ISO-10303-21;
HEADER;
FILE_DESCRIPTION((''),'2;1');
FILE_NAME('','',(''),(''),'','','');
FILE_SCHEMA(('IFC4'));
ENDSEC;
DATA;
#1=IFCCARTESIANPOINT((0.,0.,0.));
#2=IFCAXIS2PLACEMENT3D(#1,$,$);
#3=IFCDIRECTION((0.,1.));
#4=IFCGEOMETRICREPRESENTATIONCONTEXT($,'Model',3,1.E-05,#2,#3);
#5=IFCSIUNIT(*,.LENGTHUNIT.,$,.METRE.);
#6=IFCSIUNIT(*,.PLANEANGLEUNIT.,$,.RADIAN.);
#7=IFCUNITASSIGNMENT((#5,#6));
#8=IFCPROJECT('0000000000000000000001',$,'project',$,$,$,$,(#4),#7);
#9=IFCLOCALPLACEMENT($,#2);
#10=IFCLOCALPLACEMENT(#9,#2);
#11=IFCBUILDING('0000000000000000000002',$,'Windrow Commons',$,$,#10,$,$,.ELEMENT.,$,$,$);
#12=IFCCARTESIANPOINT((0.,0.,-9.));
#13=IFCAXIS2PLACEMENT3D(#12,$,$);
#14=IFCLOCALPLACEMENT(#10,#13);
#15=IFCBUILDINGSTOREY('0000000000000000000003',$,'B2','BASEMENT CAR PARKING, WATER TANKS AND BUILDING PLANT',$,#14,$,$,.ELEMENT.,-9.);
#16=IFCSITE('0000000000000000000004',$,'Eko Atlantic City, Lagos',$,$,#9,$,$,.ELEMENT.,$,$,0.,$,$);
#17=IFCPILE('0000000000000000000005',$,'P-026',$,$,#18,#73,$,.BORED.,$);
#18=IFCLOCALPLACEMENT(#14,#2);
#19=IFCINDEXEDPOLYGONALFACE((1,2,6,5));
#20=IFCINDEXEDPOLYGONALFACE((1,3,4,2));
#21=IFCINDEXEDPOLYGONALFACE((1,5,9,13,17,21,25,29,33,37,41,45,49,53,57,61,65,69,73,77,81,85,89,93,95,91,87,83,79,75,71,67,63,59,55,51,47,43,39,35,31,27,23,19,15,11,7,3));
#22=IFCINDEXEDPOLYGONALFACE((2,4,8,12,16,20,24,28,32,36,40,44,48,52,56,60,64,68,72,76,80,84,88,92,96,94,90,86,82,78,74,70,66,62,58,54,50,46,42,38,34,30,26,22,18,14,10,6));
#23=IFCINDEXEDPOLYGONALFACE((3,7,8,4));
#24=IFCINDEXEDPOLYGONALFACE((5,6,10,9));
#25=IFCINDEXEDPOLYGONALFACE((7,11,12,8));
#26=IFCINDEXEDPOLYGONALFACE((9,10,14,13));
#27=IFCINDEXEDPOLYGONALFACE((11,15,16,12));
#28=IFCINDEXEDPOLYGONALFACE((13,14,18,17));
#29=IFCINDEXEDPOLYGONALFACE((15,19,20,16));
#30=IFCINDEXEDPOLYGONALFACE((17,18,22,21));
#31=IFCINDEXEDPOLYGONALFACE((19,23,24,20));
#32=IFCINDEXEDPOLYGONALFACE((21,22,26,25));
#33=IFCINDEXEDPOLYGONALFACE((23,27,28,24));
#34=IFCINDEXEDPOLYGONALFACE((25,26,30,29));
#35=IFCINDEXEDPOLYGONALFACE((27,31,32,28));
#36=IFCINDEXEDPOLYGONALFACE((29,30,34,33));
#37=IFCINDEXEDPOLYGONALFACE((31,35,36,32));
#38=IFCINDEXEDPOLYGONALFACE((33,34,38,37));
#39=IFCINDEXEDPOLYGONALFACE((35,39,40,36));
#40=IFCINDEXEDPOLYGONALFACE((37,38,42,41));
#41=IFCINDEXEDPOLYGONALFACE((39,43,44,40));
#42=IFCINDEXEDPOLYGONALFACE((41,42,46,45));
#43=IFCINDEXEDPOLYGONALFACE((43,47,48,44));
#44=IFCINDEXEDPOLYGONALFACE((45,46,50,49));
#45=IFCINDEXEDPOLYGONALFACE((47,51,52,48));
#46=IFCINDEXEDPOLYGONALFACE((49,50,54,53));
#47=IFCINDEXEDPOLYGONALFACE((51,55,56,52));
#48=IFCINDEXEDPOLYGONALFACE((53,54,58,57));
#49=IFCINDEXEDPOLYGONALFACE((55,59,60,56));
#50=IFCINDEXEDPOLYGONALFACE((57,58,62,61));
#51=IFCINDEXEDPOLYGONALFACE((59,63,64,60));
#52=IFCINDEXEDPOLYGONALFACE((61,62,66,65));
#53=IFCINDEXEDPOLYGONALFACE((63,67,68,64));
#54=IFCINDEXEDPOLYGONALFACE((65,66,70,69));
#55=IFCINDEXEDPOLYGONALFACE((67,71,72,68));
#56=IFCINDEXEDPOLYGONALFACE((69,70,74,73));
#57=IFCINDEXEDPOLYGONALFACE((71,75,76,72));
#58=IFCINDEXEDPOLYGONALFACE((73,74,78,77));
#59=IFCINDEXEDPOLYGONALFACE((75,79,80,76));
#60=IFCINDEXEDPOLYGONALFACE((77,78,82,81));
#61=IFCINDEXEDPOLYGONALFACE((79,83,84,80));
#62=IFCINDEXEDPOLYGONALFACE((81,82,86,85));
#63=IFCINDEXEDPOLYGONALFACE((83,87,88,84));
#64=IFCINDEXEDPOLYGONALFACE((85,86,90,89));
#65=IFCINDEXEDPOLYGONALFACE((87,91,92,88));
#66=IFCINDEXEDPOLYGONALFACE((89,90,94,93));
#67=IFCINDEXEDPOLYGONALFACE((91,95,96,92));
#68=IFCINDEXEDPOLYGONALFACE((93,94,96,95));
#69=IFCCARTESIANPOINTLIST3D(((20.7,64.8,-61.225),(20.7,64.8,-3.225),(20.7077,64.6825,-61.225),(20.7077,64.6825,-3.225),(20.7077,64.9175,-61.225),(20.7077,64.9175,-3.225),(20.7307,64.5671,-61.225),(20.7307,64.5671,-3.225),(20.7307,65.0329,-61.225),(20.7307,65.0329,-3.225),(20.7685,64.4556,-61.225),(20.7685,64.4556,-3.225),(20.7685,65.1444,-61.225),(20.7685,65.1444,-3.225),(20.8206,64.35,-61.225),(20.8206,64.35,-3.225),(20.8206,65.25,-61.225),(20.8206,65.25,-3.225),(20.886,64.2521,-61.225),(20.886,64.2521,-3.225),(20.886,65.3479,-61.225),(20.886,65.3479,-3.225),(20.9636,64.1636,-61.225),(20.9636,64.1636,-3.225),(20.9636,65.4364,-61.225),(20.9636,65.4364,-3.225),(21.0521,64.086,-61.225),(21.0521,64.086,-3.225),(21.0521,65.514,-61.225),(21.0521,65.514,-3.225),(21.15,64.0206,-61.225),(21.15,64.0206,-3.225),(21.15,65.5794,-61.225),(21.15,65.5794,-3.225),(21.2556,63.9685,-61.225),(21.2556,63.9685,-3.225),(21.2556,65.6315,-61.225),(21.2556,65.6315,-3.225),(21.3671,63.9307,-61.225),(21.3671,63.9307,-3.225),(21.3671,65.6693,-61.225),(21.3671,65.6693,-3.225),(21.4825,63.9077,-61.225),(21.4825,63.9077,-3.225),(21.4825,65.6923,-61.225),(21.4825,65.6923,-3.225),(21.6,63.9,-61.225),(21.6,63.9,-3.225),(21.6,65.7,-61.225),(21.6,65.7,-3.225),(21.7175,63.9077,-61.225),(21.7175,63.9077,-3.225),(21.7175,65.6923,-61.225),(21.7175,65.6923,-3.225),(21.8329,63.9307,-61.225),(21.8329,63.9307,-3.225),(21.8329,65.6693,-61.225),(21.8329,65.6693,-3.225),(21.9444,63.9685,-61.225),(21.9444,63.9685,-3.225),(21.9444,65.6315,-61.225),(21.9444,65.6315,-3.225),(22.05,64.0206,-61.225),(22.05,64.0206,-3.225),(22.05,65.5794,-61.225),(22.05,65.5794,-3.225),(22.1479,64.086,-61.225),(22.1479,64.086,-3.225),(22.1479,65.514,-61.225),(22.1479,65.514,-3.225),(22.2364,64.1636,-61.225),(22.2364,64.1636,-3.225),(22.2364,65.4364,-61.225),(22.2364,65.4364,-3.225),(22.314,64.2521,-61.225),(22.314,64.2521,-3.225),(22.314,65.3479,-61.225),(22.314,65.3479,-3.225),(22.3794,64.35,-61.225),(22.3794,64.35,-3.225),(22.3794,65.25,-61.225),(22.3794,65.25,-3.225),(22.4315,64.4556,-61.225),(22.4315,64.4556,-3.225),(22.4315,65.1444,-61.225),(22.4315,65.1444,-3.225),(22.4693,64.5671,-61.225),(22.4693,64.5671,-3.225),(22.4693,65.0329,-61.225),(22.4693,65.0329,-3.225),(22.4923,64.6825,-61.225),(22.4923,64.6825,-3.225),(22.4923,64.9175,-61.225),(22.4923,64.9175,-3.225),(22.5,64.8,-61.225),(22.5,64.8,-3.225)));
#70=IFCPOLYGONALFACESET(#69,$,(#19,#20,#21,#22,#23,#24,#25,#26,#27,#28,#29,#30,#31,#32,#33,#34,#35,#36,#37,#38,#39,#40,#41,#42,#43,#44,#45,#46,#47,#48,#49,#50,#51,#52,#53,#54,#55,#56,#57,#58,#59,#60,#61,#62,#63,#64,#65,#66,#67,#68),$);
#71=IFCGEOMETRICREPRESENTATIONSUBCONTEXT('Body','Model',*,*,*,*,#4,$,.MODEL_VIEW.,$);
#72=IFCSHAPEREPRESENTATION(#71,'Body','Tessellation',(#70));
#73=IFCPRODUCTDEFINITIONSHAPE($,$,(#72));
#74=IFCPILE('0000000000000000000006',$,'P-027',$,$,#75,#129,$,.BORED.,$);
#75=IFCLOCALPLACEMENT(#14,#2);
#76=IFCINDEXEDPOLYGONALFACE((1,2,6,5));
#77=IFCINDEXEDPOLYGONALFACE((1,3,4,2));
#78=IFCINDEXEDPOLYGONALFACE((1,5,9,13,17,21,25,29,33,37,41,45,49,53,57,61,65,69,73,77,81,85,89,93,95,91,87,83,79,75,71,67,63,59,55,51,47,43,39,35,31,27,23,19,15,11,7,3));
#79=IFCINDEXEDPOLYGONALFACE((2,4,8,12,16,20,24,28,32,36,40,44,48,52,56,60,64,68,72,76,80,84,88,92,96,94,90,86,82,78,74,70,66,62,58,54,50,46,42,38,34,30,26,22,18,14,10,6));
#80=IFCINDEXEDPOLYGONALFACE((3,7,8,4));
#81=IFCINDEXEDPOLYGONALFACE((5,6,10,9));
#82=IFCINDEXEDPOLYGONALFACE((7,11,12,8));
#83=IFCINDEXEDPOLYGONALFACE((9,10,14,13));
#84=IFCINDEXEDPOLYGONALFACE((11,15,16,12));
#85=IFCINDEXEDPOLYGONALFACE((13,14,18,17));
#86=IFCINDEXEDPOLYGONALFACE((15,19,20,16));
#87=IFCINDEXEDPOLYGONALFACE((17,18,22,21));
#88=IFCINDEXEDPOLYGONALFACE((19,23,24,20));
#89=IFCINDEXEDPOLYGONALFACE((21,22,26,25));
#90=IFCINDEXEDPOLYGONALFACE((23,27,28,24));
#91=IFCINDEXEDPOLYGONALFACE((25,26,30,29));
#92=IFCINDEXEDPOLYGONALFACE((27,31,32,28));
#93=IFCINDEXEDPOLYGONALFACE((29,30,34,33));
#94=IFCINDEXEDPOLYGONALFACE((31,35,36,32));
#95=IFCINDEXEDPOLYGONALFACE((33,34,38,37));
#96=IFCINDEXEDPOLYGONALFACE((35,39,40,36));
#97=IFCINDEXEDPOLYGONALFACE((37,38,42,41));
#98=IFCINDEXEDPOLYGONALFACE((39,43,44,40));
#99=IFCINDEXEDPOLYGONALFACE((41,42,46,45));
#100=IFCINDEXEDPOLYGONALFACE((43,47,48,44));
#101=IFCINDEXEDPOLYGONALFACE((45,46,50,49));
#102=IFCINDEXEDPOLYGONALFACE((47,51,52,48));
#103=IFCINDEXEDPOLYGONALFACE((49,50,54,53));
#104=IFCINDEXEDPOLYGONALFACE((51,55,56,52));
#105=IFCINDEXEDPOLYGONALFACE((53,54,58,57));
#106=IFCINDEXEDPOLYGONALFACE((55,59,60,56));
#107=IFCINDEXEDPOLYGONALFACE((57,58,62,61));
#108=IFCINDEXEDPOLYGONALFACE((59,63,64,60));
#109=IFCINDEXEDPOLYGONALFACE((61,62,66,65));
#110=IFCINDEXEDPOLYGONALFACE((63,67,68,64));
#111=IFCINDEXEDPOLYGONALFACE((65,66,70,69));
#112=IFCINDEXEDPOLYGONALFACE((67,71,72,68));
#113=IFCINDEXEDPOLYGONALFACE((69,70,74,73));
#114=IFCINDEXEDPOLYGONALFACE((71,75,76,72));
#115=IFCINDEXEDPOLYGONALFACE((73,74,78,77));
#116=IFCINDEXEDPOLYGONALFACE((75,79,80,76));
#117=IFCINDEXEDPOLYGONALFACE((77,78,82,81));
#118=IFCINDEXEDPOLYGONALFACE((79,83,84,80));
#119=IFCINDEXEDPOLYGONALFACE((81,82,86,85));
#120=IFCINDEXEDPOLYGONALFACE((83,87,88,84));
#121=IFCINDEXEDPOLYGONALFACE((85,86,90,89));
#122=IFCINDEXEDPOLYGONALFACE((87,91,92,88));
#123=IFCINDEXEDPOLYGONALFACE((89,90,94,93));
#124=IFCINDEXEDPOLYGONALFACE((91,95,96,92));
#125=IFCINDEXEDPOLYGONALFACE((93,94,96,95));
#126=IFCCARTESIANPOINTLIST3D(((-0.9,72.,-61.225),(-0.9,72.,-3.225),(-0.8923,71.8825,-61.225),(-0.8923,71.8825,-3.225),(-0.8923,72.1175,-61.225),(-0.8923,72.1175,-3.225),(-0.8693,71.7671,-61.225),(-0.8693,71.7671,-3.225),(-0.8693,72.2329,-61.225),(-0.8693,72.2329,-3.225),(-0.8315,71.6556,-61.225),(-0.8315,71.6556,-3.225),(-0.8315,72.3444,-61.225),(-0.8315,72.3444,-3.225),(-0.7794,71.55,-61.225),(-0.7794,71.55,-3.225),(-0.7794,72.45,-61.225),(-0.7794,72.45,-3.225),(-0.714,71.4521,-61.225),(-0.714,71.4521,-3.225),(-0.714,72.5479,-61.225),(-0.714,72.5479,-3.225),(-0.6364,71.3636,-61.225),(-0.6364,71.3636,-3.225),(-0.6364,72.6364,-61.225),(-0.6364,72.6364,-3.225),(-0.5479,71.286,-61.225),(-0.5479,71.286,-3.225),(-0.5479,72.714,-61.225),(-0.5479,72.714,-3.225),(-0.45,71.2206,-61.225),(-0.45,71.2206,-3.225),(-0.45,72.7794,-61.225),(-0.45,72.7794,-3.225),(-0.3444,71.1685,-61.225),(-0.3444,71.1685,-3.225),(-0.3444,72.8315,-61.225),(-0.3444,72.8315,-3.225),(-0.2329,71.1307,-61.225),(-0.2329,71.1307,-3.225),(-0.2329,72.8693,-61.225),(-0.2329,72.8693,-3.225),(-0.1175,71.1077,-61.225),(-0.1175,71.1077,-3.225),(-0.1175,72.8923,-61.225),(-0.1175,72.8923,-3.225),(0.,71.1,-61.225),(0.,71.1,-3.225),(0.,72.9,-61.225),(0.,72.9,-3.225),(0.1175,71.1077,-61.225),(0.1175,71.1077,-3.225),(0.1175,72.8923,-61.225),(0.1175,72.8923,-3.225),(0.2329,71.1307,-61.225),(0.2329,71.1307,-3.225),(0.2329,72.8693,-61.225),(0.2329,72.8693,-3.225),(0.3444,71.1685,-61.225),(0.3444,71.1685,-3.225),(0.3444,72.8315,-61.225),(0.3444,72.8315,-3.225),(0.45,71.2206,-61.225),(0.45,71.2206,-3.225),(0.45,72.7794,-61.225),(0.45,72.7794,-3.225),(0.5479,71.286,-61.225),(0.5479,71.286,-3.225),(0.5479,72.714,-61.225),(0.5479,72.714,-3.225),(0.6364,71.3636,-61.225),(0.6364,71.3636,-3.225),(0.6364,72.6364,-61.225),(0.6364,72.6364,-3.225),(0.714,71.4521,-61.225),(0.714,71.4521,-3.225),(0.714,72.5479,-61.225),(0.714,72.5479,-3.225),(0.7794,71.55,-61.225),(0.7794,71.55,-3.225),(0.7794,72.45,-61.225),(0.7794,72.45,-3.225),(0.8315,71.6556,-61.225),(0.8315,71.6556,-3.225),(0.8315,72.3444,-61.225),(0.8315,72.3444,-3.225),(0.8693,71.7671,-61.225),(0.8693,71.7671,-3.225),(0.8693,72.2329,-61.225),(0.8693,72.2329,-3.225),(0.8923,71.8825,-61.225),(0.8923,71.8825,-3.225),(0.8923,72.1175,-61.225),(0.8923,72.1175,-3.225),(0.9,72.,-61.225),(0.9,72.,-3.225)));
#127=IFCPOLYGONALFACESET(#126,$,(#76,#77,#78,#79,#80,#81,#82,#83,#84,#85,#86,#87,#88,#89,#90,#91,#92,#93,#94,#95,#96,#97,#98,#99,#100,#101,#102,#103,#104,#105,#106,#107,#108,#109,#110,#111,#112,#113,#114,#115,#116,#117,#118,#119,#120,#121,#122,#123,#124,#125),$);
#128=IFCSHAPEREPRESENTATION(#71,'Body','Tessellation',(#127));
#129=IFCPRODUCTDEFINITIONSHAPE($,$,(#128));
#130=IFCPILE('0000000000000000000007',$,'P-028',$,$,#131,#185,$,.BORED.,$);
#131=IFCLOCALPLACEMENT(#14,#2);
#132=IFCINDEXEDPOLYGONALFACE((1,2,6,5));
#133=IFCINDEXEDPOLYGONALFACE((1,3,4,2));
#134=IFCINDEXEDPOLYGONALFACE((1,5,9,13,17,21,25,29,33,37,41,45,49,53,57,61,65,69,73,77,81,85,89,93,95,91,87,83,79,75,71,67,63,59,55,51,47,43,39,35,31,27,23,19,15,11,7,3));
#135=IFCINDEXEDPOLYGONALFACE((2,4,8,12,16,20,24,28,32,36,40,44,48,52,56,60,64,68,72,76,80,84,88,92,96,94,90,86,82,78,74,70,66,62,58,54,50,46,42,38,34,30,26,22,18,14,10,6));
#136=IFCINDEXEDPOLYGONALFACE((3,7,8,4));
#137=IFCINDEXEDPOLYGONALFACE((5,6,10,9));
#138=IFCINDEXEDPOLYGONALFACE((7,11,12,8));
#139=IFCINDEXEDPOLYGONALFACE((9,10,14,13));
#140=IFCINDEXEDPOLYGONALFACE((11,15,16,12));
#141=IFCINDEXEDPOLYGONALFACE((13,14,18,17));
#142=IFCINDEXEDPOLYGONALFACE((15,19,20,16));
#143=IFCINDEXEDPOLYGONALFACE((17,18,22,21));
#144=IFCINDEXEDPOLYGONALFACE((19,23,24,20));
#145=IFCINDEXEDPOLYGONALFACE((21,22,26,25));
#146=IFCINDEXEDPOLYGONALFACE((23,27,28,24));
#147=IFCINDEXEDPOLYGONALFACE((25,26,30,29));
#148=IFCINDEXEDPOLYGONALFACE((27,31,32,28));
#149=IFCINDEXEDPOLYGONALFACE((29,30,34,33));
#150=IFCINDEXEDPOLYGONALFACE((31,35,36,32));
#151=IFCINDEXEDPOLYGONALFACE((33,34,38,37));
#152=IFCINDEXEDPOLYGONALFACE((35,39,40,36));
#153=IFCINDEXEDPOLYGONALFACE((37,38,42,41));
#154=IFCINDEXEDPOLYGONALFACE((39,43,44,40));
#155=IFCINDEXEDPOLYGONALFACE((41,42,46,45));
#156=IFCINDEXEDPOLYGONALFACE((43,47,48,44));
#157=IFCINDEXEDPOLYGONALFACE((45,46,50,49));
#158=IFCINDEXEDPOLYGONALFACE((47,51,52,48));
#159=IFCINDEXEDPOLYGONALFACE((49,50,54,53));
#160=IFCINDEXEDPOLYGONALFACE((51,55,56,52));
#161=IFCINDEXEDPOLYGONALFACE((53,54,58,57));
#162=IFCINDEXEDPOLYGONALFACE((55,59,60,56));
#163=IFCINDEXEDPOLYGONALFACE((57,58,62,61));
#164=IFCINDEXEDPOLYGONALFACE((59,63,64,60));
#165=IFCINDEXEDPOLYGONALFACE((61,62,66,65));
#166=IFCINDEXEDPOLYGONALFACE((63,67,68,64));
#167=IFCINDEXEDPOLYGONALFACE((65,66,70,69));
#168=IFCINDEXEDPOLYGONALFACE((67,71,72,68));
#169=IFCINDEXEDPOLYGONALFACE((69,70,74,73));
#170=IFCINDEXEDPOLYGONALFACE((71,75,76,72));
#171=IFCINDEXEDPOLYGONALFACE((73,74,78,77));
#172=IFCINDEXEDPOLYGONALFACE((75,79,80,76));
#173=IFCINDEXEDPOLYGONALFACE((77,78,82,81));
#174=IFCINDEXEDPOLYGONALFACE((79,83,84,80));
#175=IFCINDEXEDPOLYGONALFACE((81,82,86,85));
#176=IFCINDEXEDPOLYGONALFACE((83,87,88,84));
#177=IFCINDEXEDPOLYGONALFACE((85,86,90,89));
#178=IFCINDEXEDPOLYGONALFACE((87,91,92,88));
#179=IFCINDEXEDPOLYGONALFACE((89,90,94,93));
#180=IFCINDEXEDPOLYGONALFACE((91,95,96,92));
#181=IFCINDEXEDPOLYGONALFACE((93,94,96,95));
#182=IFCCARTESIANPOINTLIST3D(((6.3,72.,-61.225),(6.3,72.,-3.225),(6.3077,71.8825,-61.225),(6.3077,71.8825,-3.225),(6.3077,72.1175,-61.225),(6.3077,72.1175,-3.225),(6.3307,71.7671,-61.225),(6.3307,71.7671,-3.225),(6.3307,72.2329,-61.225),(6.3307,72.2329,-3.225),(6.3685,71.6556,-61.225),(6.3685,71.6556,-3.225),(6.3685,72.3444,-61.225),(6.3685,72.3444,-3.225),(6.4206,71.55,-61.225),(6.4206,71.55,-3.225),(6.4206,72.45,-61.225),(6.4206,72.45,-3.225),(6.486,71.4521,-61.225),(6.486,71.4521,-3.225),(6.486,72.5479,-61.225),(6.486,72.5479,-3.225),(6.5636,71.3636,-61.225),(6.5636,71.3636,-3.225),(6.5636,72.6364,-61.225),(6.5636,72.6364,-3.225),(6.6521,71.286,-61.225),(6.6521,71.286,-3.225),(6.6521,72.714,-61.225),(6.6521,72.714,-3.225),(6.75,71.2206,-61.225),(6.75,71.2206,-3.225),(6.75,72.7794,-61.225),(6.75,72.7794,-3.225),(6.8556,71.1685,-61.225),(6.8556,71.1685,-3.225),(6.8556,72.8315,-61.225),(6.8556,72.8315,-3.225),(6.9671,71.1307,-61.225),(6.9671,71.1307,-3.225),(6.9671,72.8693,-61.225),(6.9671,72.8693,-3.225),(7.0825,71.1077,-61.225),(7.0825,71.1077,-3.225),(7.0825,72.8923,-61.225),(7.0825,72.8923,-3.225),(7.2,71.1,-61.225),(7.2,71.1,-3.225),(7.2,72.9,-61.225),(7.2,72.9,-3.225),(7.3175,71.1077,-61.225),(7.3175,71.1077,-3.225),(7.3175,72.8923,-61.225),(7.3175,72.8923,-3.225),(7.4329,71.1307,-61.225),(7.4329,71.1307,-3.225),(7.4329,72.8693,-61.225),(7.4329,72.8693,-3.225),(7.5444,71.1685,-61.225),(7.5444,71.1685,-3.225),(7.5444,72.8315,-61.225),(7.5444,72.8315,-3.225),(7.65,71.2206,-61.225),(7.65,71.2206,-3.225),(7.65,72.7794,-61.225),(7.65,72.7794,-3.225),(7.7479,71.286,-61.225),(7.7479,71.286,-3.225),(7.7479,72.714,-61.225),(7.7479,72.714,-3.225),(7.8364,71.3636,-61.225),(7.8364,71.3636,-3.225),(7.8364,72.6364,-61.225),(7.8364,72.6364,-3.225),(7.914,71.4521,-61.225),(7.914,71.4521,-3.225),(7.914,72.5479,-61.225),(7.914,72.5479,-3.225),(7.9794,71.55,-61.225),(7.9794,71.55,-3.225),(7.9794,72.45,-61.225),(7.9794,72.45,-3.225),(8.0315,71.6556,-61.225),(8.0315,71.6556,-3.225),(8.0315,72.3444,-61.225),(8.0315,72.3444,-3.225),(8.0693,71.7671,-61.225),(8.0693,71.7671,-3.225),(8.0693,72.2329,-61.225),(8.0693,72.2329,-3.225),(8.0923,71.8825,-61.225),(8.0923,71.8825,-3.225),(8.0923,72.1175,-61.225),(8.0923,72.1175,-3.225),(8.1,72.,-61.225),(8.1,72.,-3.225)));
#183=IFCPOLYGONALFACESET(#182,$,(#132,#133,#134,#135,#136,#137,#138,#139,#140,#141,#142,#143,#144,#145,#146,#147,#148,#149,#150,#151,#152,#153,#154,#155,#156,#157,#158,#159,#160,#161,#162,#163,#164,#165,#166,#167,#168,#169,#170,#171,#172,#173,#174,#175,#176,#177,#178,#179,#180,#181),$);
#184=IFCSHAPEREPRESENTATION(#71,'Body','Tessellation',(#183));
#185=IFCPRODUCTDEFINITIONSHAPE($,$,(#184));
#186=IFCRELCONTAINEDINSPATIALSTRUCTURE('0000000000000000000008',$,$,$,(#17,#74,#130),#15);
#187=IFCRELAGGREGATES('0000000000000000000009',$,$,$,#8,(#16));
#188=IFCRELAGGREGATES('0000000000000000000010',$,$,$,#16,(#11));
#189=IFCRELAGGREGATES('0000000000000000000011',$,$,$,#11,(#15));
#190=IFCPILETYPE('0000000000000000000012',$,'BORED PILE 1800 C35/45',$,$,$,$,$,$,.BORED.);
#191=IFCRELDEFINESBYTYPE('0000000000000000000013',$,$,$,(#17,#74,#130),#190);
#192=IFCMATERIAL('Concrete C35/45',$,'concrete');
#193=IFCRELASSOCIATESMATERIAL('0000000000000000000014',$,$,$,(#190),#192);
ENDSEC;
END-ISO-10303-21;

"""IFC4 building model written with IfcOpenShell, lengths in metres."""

from ifc_helpers import new_model, si_unit, direction, frame, origin, origin_2d, place, context, subcontext, project, spatial, circle, extrude, material, material_profile, profile_set, type_object, element, save


model = new_model("IFC4")

# Units and contexts
model_context = context("Model", 3, precision=1e-05, world=origin(), true_north=direction((0.0, 1.0)))
body_context = subcontext(model_context, "Body", "Model", "MODEL_VIEW")
ifc_project = project(units=[si_unit("LENGTHUNIT", "METRE"), si_unit("PLANEANGLEUNIT", "RADIAN")], contexts=[model_context])

# Site, building, storey
site_placement = place(None, origin())
site = spatial("IfcSite", under=ifc_project, at=site_placement, Name="Eko Atlantic City, Lagos", CompositionType="ELEMENT", RefElevation=0.0)
building_placement = place(site_placement, origin())
building = spatial("IfcBuilding", under=site, at=building_placement, Name="Windrow Commons", CompositionType="ELEMENT")
storey_placement = place(building_placement, frame((0.0, 0.0, -9.0)))
storey = spatial("IfcBuildingStorey", under=building, at=storey_placement, Name="B2", Description="BASEMENT CAR PARKING, WATER TANKS AND BUILDING PLANT", CompositionType="ELEMENT", Elevation=-9.0)

# Piles
ifc_material_1 = material(Name="Concrete C35/45", Category="concrete")
ifc_material_profile_1 = material_profile(ifc_material_1, circle(Radius=0.9, at=origin_2d()))
ifc_profile_set_1 = profile_set([ifc_material_profile_1], Name="Concrete C35/45")
pile_type = type_object("IfcPileType", Name="BORED PILE 1800 C35/45", PredefinedType="BORED", material=ifc_profile_set_1)
for number, where, z_axis, x_axis, name in (
    (1, (21.6, 64.8, -3.225), (0.0, 0.0, -1.0), (1.0, 0.0, 0.0), "P-026"),
    (2, (0.0, 72.0, -3.225), (0.0, 0.0, -1.0), (1.0, 0.0, 0.0), "P-027"),
    (3, (7.2, 72.0, -3.225), (0.0, 0.0, -1.0), (1.0, 0.0, 0.0), "P-028"),
):
    element("IfcPile", number, at=place(storey_placement, frame(where, z_axis=z_axis, x_axis=x_axis)), inside=storey, type_object=pile_type, Name=name, PredefinedType="BORED", context=body_context, shape_type="SweptSolid", body=[
        extrude(circle(Radius=0.9, at=origin_2d()), origin(), (0.0, 0.0, 1.0), 58.0),
    ])

save(model, "model.ifc")
